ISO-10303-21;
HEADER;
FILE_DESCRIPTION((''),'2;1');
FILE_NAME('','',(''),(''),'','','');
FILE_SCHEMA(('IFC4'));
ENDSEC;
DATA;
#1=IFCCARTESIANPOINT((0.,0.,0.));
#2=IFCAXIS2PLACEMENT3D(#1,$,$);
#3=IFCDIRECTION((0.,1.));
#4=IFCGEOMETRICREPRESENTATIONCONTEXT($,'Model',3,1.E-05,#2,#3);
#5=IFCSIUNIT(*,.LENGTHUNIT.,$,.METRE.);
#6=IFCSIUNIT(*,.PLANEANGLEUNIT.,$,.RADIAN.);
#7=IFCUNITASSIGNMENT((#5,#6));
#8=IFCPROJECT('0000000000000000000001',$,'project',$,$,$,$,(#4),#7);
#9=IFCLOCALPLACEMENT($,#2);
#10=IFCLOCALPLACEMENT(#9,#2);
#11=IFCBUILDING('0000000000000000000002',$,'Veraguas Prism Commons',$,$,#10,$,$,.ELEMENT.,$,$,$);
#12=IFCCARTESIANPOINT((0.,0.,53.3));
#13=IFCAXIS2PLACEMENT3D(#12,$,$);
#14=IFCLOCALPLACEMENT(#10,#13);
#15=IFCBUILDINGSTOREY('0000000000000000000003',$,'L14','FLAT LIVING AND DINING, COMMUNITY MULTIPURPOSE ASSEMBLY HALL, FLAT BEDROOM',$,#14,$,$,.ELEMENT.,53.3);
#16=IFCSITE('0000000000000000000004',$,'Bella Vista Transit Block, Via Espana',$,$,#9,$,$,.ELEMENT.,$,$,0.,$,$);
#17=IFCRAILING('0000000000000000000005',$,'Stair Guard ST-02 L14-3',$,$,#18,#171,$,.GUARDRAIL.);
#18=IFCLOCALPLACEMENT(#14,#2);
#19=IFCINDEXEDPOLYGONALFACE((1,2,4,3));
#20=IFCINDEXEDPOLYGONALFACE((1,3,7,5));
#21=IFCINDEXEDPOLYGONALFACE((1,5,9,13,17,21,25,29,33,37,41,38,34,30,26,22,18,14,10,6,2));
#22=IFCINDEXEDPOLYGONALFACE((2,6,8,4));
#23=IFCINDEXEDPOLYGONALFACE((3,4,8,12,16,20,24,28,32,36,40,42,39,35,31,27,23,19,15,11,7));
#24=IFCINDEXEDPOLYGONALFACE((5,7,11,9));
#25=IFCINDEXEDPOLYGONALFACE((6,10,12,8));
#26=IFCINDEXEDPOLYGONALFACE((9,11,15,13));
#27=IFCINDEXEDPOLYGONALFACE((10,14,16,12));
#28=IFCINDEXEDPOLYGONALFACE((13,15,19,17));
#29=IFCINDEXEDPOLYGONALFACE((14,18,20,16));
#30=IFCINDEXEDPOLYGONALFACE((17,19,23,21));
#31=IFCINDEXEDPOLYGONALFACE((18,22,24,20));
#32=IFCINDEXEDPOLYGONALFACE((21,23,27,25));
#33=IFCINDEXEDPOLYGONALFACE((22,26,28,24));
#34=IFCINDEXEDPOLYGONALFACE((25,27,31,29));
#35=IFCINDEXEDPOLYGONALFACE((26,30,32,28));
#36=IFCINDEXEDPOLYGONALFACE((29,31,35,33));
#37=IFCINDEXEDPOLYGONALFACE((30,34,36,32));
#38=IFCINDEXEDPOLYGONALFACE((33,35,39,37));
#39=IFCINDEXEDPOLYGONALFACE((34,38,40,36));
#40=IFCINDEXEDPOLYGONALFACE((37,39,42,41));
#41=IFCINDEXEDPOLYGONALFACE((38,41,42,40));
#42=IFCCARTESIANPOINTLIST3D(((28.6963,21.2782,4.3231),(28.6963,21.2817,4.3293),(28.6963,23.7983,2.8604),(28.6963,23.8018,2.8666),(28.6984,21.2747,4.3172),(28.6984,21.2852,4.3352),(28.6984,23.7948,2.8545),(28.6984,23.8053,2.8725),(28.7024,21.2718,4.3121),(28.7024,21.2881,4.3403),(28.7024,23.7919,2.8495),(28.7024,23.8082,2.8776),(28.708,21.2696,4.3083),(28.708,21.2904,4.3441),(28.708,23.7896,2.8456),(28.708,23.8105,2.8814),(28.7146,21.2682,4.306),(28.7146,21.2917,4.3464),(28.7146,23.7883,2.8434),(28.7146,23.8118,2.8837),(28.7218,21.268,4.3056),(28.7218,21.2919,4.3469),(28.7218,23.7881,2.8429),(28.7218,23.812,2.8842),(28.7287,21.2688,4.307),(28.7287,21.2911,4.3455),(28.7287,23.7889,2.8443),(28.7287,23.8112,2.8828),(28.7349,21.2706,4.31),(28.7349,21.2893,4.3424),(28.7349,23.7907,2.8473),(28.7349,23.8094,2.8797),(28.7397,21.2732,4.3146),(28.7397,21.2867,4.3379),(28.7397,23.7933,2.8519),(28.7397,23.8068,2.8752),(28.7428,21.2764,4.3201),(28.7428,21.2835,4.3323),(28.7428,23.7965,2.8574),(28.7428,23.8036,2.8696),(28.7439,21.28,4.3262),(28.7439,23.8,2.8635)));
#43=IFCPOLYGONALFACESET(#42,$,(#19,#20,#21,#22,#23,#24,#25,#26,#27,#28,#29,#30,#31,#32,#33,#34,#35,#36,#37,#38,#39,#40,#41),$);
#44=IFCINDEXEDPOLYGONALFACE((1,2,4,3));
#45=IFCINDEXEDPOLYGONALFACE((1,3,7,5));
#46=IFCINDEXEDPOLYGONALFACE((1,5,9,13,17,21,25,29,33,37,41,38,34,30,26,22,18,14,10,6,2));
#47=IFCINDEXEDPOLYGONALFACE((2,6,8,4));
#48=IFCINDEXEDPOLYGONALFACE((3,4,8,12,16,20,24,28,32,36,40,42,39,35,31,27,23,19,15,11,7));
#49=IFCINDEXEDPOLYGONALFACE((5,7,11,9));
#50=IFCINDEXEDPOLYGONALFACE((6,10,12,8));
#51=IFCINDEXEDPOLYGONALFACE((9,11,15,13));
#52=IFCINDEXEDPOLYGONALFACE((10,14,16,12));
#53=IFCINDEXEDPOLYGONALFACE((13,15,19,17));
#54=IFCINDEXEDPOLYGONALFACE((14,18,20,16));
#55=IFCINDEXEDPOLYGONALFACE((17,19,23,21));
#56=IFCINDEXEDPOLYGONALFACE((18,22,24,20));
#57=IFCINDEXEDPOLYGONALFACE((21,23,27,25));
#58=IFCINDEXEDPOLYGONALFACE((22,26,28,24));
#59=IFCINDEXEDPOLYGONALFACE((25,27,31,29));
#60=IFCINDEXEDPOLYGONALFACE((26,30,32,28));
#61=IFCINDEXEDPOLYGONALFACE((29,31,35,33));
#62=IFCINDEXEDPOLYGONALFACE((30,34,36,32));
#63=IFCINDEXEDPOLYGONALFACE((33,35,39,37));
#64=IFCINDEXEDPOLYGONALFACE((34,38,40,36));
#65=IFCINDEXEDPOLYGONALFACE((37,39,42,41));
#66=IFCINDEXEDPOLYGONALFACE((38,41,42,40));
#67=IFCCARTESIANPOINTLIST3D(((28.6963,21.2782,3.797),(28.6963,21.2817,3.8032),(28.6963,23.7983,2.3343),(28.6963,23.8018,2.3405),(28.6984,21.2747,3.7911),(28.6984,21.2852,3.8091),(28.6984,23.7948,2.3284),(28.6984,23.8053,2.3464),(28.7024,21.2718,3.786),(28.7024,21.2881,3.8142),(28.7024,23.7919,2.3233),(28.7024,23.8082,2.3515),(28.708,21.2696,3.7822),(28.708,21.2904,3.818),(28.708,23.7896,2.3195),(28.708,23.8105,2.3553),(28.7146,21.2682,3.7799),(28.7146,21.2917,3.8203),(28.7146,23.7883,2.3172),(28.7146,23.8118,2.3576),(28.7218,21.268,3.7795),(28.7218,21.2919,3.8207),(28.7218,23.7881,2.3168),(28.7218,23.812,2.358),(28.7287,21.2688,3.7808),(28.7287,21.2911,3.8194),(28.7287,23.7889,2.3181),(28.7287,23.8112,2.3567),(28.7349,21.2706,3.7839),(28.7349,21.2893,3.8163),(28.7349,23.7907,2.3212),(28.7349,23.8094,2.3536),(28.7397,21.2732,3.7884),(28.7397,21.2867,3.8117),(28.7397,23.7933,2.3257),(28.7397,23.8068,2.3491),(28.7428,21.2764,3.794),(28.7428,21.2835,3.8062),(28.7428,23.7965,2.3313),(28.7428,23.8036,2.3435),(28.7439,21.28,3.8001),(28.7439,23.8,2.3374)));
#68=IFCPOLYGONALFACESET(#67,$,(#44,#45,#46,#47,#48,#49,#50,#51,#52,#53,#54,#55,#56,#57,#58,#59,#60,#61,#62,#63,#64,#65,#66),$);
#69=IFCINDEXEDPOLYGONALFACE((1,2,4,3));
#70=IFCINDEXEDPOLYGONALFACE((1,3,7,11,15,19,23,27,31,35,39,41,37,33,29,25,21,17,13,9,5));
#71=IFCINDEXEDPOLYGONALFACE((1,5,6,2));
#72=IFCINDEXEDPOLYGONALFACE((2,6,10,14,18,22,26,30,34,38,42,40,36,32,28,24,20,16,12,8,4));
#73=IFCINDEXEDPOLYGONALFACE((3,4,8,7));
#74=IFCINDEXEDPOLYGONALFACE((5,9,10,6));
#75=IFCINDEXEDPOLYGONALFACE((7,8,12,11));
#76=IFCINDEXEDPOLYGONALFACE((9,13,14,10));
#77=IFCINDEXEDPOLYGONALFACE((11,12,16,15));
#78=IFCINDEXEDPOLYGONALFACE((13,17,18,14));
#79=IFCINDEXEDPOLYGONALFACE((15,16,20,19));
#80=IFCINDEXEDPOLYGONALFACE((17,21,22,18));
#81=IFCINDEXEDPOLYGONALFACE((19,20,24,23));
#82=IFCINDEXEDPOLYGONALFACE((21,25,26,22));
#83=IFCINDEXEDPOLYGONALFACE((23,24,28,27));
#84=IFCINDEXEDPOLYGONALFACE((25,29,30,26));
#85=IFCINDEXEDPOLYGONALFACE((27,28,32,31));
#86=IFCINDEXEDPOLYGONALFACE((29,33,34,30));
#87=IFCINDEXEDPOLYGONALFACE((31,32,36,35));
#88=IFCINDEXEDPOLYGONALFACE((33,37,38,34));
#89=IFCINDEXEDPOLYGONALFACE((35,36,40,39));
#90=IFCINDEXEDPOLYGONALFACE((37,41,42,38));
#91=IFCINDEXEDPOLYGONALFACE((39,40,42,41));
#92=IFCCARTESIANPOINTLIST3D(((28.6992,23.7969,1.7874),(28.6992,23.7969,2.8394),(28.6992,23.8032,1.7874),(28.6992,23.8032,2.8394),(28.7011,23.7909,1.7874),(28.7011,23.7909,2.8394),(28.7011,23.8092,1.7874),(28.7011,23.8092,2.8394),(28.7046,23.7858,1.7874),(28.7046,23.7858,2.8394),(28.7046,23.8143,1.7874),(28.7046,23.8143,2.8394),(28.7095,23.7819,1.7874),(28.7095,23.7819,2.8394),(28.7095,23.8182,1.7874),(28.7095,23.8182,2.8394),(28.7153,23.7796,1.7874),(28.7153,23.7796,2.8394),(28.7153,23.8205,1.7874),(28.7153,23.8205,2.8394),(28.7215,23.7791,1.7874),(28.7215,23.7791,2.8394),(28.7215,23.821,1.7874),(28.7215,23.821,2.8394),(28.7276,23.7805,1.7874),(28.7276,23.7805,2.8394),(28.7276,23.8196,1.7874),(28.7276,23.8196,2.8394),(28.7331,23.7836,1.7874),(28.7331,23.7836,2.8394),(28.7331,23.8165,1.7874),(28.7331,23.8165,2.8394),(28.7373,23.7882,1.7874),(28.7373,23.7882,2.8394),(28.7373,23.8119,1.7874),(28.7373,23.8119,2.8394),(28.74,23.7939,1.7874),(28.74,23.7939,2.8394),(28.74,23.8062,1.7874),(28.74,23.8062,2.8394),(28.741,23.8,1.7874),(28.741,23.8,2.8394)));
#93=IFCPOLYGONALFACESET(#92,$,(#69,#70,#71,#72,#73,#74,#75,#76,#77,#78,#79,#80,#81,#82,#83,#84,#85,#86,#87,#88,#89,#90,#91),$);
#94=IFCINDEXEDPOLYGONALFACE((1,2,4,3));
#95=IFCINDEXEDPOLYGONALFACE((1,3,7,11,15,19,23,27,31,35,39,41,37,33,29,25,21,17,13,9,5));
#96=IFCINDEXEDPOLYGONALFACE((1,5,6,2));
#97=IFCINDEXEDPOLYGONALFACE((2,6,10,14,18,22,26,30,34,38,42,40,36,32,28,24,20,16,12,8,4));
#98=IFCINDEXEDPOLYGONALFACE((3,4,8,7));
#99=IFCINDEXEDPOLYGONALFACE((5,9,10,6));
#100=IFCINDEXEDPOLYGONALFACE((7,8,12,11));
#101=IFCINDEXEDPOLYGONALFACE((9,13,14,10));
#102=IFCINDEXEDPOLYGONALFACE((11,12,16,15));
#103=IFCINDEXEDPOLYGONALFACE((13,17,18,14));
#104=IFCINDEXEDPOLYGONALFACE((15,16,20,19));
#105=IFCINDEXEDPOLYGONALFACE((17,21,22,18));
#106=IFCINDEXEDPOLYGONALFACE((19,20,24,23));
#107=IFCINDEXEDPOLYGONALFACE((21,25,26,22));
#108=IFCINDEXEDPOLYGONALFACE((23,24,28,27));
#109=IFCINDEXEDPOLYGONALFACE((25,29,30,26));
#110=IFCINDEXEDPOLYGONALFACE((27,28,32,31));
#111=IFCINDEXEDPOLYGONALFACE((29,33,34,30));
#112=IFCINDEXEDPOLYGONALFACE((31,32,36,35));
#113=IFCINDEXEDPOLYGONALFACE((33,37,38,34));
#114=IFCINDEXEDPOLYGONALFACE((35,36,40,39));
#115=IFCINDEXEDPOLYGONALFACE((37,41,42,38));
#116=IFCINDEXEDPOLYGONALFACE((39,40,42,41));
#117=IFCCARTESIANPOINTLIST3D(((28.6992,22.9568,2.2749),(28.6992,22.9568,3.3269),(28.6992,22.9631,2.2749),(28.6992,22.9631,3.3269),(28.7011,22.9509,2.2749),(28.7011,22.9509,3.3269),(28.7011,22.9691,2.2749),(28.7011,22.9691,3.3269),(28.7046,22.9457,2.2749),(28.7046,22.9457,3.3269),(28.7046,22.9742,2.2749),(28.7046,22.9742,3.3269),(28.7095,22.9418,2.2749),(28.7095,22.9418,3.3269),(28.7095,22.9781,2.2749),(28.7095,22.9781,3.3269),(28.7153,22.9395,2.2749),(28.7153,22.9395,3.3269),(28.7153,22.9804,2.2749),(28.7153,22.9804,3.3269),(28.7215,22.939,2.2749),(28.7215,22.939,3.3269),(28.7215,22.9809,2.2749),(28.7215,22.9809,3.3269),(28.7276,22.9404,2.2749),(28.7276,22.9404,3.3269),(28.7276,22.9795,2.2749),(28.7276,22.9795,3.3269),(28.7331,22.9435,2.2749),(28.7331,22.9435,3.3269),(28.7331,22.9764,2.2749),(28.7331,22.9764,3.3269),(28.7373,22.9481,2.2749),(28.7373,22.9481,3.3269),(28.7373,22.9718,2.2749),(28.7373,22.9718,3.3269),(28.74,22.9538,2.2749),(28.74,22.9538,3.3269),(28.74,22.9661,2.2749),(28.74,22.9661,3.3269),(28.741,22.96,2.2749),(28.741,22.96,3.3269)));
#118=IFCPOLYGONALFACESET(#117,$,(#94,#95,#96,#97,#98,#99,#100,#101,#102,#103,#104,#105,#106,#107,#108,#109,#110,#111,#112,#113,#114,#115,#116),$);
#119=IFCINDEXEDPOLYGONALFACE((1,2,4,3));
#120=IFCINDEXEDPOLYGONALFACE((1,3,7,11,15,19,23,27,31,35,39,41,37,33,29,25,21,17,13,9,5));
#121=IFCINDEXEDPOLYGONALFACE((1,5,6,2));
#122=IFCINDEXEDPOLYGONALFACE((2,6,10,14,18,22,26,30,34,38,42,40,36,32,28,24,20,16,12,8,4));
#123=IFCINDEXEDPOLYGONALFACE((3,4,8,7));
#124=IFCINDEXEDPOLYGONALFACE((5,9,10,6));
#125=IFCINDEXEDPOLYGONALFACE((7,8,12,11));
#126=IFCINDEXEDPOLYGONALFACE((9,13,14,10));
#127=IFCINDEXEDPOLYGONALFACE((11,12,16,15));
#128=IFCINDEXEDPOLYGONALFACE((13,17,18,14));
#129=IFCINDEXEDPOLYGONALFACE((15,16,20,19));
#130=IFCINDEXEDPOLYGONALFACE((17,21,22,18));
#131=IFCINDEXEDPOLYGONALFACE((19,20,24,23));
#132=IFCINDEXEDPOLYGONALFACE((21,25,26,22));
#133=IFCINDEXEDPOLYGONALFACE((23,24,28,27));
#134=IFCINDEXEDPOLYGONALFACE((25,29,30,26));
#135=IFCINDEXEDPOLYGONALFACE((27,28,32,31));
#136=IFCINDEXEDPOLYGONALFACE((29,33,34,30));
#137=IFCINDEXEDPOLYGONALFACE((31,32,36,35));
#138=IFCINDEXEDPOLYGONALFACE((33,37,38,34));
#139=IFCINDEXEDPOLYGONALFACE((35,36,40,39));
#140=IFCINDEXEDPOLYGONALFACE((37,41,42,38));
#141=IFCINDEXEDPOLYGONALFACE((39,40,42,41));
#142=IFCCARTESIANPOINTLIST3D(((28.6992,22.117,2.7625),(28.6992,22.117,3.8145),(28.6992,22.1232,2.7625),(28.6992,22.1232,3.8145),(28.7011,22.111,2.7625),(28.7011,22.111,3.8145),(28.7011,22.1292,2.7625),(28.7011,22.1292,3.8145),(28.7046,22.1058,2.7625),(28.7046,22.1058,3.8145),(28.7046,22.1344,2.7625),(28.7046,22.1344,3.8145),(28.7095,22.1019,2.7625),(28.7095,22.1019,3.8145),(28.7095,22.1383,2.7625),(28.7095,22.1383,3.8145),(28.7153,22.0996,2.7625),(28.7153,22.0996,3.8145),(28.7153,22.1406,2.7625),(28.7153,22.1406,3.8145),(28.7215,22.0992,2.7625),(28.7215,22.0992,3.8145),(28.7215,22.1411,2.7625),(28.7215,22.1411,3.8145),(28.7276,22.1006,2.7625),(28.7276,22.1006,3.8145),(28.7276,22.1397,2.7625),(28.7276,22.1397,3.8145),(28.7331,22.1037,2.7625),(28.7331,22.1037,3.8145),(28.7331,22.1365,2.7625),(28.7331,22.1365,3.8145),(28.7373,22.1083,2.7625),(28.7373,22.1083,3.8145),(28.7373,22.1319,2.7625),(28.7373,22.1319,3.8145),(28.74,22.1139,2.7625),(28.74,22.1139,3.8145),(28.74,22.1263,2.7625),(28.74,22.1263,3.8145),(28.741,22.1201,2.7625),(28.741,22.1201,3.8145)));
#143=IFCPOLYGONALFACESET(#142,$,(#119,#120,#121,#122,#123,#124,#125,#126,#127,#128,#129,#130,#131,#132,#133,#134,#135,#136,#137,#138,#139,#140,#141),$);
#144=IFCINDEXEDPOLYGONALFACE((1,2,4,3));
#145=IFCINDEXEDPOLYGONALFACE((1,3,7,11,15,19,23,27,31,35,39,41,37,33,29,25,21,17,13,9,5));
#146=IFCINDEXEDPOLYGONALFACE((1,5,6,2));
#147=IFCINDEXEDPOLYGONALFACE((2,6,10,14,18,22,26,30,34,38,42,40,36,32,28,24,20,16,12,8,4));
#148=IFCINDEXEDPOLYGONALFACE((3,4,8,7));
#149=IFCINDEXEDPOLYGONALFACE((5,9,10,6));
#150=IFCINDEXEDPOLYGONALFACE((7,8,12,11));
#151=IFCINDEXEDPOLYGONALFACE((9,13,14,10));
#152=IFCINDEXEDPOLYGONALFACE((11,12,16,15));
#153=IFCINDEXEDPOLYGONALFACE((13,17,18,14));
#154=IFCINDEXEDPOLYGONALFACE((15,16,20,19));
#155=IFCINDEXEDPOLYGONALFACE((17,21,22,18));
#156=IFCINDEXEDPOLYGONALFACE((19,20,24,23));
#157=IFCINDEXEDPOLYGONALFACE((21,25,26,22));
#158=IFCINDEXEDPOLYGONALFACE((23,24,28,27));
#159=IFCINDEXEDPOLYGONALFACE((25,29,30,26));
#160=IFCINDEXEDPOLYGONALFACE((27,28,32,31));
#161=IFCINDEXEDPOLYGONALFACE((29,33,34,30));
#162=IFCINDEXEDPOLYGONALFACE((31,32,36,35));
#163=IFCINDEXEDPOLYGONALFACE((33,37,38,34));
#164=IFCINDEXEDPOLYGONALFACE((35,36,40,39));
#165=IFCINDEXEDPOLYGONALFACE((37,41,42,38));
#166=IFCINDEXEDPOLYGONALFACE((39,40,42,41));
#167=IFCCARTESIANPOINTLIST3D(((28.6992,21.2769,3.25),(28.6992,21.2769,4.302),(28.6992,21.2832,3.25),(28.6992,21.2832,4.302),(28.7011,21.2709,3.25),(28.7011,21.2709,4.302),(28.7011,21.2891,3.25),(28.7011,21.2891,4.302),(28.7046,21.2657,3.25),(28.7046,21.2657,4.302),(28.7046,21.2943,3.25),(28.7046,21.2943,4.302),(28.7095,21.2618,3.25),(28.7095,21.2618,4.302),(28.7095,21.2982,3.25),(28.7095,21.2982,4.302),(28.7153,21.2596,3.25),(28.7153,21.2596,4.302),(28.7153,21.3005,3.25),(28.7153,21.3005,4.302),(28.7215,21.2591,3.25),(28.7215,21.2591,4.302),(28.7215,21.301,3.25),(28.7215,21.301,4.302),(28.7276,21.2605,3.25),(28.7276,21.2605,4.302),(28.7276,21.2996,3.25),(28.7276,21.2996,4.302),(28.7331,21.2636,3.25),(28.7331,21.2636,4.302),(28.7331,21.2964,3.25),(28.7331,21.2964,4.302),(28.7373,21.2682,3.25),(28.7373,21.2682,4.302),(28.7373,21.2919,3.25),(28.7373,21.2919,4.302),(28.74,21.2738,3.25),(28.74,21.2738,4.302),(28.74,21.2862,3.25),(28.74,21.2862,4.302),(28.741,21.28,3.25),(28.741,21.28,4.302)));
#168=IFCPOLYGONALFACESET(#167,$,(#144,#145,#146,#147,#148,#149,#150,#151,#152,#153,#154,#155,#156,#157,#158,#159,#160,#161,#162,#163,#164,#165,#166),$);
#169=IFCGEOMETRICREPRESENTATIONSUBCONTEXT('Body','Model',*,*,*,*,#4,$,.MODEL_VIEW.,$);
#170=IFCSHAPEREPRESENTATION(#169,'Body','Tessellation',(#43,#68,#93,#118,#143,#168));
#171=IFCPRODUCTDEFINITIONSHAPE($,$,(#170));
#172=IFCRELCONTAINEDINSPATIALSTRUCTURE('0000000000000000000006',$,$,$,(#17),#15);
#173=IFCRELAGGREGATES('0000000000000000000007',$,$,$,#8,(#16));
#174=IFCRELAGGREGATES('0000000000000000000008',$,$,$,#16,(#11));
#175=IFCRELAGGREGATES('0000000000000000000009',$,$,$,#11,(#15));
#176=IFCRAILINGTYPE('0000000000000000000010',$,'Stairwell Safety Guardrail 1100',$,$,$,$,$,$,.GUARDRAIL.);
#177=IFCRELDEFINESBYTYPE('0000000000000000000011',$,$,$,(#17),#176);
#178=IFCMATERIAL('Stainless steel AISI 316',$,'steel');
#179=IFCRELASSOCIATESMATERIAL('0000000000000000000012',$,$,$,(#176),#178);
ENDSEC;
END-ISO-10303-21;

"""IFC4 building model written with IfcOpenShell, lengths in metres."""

from ifc_helpers import new_model, si_unit, direction, frame, origin, origin_2d, place, context, subcontext, project, spatial, circle, extrude, material, type_object, element, save


model = new_model("IFC4")

# Units and contexts
model_context = context("Model", 3, precision=1e-05, world=origin(), true_north=direction((0.0, 1.0)))
body_context = subcontext(model_context, "Body", "Model", "MODEL_VIEW")
ifc_project = project(units=[si_unit("LENGTHUNIT", "METRE"), si_unit("PLANEANGLEUNIT", "RADIAN")], contexts=[model_context])

# Site, building, storey
site_placement = place(None, origin())
site = spatial("IfcSite", under=ifc_project, at=site_placement, Name="Bella Vista Transit Block, Via Espana", CompositionType="ELEMENT", RefElevation=0.0)
building_placement = place(site_placement, origin())
building = spatial("IfcBuilding", under=site, at=building_placement, Name="Veraguas Prism Commons", CompositionType="ELEMENT")
storey_placement = place(building_placement, frame((0.0, 0.0, 53.3)))
storey = spatial("IfcBuildingStorey", under=building, at=storey_placement, Name="L14", Description="FLAT LIVING AND DINING, COMMUNITY MULTIPURPOSE ASSEMBLY HALL, FLAT BEDROOM", CompositionType="ELEMENT", Elevation=53.3)

# Railing
ifc_material_1 = material(Name="Stainless steel AISI 316", Category="steel")
railing_type_1 = type_object("IfcRailingType", Name="Stairwell Safety Guardrail 1100", PredefinedType="GUARDRAIL", material=ifc_material_1)
railing_1_placement = place(storey_placement, frame((28.72, 23.8, 1.7874)))
element("IfcRailing", 1, at=railing_1_placement, inside=storey, type_object=railing_type_1, Name="Stair Guard ST-02 L14-3", PredefinedType="GUARDRAIL", context=body_context, shape_type="SweptSolid", body=[
    extrude(circle(Radius=0.0239, at=origin_2d()), frame((0.0, 0.0, 1.0762), z_axis=(0.0, -0.864877, 0.501984), x_axis=(1.0, 0.0, 0.0)), (0.0, 0.0, 1.0), 2.9138),
    extrude(circle(Radius=0.0239, at=origin_2d()), frame((0.0, 0.0, 0.55), z_axis=(0.0, -0.864877, 0.501984), x_axis=(1.0, 0.0, 0.0)), (0.0, 0.0, 1.0), 2.9138),
    extrude(circle(Radius=0.021, at=origin_2d()), origin(), (0.0, 0.0, 1.0), 1.052),
    extrude(circle(Radius=0.021, at=origin_2d()), frame((0.0, -0.8401, 0.4875)), (0.0, 0.0, 1.0), 1.052),
    extrude(circle(Radius=0.021, at=origin_2d()), frame((0.0, -1.6799, 0.9751)), (0.0, 0.0, 1.0), 1.052),
    extrude(circle(Radius=0.021, at=origin_2d()), frame((0.0, -2.52, 1.4626)), (0.0, 0.0, 1.0), 1.052),
])

save(model, "model.ifc")
